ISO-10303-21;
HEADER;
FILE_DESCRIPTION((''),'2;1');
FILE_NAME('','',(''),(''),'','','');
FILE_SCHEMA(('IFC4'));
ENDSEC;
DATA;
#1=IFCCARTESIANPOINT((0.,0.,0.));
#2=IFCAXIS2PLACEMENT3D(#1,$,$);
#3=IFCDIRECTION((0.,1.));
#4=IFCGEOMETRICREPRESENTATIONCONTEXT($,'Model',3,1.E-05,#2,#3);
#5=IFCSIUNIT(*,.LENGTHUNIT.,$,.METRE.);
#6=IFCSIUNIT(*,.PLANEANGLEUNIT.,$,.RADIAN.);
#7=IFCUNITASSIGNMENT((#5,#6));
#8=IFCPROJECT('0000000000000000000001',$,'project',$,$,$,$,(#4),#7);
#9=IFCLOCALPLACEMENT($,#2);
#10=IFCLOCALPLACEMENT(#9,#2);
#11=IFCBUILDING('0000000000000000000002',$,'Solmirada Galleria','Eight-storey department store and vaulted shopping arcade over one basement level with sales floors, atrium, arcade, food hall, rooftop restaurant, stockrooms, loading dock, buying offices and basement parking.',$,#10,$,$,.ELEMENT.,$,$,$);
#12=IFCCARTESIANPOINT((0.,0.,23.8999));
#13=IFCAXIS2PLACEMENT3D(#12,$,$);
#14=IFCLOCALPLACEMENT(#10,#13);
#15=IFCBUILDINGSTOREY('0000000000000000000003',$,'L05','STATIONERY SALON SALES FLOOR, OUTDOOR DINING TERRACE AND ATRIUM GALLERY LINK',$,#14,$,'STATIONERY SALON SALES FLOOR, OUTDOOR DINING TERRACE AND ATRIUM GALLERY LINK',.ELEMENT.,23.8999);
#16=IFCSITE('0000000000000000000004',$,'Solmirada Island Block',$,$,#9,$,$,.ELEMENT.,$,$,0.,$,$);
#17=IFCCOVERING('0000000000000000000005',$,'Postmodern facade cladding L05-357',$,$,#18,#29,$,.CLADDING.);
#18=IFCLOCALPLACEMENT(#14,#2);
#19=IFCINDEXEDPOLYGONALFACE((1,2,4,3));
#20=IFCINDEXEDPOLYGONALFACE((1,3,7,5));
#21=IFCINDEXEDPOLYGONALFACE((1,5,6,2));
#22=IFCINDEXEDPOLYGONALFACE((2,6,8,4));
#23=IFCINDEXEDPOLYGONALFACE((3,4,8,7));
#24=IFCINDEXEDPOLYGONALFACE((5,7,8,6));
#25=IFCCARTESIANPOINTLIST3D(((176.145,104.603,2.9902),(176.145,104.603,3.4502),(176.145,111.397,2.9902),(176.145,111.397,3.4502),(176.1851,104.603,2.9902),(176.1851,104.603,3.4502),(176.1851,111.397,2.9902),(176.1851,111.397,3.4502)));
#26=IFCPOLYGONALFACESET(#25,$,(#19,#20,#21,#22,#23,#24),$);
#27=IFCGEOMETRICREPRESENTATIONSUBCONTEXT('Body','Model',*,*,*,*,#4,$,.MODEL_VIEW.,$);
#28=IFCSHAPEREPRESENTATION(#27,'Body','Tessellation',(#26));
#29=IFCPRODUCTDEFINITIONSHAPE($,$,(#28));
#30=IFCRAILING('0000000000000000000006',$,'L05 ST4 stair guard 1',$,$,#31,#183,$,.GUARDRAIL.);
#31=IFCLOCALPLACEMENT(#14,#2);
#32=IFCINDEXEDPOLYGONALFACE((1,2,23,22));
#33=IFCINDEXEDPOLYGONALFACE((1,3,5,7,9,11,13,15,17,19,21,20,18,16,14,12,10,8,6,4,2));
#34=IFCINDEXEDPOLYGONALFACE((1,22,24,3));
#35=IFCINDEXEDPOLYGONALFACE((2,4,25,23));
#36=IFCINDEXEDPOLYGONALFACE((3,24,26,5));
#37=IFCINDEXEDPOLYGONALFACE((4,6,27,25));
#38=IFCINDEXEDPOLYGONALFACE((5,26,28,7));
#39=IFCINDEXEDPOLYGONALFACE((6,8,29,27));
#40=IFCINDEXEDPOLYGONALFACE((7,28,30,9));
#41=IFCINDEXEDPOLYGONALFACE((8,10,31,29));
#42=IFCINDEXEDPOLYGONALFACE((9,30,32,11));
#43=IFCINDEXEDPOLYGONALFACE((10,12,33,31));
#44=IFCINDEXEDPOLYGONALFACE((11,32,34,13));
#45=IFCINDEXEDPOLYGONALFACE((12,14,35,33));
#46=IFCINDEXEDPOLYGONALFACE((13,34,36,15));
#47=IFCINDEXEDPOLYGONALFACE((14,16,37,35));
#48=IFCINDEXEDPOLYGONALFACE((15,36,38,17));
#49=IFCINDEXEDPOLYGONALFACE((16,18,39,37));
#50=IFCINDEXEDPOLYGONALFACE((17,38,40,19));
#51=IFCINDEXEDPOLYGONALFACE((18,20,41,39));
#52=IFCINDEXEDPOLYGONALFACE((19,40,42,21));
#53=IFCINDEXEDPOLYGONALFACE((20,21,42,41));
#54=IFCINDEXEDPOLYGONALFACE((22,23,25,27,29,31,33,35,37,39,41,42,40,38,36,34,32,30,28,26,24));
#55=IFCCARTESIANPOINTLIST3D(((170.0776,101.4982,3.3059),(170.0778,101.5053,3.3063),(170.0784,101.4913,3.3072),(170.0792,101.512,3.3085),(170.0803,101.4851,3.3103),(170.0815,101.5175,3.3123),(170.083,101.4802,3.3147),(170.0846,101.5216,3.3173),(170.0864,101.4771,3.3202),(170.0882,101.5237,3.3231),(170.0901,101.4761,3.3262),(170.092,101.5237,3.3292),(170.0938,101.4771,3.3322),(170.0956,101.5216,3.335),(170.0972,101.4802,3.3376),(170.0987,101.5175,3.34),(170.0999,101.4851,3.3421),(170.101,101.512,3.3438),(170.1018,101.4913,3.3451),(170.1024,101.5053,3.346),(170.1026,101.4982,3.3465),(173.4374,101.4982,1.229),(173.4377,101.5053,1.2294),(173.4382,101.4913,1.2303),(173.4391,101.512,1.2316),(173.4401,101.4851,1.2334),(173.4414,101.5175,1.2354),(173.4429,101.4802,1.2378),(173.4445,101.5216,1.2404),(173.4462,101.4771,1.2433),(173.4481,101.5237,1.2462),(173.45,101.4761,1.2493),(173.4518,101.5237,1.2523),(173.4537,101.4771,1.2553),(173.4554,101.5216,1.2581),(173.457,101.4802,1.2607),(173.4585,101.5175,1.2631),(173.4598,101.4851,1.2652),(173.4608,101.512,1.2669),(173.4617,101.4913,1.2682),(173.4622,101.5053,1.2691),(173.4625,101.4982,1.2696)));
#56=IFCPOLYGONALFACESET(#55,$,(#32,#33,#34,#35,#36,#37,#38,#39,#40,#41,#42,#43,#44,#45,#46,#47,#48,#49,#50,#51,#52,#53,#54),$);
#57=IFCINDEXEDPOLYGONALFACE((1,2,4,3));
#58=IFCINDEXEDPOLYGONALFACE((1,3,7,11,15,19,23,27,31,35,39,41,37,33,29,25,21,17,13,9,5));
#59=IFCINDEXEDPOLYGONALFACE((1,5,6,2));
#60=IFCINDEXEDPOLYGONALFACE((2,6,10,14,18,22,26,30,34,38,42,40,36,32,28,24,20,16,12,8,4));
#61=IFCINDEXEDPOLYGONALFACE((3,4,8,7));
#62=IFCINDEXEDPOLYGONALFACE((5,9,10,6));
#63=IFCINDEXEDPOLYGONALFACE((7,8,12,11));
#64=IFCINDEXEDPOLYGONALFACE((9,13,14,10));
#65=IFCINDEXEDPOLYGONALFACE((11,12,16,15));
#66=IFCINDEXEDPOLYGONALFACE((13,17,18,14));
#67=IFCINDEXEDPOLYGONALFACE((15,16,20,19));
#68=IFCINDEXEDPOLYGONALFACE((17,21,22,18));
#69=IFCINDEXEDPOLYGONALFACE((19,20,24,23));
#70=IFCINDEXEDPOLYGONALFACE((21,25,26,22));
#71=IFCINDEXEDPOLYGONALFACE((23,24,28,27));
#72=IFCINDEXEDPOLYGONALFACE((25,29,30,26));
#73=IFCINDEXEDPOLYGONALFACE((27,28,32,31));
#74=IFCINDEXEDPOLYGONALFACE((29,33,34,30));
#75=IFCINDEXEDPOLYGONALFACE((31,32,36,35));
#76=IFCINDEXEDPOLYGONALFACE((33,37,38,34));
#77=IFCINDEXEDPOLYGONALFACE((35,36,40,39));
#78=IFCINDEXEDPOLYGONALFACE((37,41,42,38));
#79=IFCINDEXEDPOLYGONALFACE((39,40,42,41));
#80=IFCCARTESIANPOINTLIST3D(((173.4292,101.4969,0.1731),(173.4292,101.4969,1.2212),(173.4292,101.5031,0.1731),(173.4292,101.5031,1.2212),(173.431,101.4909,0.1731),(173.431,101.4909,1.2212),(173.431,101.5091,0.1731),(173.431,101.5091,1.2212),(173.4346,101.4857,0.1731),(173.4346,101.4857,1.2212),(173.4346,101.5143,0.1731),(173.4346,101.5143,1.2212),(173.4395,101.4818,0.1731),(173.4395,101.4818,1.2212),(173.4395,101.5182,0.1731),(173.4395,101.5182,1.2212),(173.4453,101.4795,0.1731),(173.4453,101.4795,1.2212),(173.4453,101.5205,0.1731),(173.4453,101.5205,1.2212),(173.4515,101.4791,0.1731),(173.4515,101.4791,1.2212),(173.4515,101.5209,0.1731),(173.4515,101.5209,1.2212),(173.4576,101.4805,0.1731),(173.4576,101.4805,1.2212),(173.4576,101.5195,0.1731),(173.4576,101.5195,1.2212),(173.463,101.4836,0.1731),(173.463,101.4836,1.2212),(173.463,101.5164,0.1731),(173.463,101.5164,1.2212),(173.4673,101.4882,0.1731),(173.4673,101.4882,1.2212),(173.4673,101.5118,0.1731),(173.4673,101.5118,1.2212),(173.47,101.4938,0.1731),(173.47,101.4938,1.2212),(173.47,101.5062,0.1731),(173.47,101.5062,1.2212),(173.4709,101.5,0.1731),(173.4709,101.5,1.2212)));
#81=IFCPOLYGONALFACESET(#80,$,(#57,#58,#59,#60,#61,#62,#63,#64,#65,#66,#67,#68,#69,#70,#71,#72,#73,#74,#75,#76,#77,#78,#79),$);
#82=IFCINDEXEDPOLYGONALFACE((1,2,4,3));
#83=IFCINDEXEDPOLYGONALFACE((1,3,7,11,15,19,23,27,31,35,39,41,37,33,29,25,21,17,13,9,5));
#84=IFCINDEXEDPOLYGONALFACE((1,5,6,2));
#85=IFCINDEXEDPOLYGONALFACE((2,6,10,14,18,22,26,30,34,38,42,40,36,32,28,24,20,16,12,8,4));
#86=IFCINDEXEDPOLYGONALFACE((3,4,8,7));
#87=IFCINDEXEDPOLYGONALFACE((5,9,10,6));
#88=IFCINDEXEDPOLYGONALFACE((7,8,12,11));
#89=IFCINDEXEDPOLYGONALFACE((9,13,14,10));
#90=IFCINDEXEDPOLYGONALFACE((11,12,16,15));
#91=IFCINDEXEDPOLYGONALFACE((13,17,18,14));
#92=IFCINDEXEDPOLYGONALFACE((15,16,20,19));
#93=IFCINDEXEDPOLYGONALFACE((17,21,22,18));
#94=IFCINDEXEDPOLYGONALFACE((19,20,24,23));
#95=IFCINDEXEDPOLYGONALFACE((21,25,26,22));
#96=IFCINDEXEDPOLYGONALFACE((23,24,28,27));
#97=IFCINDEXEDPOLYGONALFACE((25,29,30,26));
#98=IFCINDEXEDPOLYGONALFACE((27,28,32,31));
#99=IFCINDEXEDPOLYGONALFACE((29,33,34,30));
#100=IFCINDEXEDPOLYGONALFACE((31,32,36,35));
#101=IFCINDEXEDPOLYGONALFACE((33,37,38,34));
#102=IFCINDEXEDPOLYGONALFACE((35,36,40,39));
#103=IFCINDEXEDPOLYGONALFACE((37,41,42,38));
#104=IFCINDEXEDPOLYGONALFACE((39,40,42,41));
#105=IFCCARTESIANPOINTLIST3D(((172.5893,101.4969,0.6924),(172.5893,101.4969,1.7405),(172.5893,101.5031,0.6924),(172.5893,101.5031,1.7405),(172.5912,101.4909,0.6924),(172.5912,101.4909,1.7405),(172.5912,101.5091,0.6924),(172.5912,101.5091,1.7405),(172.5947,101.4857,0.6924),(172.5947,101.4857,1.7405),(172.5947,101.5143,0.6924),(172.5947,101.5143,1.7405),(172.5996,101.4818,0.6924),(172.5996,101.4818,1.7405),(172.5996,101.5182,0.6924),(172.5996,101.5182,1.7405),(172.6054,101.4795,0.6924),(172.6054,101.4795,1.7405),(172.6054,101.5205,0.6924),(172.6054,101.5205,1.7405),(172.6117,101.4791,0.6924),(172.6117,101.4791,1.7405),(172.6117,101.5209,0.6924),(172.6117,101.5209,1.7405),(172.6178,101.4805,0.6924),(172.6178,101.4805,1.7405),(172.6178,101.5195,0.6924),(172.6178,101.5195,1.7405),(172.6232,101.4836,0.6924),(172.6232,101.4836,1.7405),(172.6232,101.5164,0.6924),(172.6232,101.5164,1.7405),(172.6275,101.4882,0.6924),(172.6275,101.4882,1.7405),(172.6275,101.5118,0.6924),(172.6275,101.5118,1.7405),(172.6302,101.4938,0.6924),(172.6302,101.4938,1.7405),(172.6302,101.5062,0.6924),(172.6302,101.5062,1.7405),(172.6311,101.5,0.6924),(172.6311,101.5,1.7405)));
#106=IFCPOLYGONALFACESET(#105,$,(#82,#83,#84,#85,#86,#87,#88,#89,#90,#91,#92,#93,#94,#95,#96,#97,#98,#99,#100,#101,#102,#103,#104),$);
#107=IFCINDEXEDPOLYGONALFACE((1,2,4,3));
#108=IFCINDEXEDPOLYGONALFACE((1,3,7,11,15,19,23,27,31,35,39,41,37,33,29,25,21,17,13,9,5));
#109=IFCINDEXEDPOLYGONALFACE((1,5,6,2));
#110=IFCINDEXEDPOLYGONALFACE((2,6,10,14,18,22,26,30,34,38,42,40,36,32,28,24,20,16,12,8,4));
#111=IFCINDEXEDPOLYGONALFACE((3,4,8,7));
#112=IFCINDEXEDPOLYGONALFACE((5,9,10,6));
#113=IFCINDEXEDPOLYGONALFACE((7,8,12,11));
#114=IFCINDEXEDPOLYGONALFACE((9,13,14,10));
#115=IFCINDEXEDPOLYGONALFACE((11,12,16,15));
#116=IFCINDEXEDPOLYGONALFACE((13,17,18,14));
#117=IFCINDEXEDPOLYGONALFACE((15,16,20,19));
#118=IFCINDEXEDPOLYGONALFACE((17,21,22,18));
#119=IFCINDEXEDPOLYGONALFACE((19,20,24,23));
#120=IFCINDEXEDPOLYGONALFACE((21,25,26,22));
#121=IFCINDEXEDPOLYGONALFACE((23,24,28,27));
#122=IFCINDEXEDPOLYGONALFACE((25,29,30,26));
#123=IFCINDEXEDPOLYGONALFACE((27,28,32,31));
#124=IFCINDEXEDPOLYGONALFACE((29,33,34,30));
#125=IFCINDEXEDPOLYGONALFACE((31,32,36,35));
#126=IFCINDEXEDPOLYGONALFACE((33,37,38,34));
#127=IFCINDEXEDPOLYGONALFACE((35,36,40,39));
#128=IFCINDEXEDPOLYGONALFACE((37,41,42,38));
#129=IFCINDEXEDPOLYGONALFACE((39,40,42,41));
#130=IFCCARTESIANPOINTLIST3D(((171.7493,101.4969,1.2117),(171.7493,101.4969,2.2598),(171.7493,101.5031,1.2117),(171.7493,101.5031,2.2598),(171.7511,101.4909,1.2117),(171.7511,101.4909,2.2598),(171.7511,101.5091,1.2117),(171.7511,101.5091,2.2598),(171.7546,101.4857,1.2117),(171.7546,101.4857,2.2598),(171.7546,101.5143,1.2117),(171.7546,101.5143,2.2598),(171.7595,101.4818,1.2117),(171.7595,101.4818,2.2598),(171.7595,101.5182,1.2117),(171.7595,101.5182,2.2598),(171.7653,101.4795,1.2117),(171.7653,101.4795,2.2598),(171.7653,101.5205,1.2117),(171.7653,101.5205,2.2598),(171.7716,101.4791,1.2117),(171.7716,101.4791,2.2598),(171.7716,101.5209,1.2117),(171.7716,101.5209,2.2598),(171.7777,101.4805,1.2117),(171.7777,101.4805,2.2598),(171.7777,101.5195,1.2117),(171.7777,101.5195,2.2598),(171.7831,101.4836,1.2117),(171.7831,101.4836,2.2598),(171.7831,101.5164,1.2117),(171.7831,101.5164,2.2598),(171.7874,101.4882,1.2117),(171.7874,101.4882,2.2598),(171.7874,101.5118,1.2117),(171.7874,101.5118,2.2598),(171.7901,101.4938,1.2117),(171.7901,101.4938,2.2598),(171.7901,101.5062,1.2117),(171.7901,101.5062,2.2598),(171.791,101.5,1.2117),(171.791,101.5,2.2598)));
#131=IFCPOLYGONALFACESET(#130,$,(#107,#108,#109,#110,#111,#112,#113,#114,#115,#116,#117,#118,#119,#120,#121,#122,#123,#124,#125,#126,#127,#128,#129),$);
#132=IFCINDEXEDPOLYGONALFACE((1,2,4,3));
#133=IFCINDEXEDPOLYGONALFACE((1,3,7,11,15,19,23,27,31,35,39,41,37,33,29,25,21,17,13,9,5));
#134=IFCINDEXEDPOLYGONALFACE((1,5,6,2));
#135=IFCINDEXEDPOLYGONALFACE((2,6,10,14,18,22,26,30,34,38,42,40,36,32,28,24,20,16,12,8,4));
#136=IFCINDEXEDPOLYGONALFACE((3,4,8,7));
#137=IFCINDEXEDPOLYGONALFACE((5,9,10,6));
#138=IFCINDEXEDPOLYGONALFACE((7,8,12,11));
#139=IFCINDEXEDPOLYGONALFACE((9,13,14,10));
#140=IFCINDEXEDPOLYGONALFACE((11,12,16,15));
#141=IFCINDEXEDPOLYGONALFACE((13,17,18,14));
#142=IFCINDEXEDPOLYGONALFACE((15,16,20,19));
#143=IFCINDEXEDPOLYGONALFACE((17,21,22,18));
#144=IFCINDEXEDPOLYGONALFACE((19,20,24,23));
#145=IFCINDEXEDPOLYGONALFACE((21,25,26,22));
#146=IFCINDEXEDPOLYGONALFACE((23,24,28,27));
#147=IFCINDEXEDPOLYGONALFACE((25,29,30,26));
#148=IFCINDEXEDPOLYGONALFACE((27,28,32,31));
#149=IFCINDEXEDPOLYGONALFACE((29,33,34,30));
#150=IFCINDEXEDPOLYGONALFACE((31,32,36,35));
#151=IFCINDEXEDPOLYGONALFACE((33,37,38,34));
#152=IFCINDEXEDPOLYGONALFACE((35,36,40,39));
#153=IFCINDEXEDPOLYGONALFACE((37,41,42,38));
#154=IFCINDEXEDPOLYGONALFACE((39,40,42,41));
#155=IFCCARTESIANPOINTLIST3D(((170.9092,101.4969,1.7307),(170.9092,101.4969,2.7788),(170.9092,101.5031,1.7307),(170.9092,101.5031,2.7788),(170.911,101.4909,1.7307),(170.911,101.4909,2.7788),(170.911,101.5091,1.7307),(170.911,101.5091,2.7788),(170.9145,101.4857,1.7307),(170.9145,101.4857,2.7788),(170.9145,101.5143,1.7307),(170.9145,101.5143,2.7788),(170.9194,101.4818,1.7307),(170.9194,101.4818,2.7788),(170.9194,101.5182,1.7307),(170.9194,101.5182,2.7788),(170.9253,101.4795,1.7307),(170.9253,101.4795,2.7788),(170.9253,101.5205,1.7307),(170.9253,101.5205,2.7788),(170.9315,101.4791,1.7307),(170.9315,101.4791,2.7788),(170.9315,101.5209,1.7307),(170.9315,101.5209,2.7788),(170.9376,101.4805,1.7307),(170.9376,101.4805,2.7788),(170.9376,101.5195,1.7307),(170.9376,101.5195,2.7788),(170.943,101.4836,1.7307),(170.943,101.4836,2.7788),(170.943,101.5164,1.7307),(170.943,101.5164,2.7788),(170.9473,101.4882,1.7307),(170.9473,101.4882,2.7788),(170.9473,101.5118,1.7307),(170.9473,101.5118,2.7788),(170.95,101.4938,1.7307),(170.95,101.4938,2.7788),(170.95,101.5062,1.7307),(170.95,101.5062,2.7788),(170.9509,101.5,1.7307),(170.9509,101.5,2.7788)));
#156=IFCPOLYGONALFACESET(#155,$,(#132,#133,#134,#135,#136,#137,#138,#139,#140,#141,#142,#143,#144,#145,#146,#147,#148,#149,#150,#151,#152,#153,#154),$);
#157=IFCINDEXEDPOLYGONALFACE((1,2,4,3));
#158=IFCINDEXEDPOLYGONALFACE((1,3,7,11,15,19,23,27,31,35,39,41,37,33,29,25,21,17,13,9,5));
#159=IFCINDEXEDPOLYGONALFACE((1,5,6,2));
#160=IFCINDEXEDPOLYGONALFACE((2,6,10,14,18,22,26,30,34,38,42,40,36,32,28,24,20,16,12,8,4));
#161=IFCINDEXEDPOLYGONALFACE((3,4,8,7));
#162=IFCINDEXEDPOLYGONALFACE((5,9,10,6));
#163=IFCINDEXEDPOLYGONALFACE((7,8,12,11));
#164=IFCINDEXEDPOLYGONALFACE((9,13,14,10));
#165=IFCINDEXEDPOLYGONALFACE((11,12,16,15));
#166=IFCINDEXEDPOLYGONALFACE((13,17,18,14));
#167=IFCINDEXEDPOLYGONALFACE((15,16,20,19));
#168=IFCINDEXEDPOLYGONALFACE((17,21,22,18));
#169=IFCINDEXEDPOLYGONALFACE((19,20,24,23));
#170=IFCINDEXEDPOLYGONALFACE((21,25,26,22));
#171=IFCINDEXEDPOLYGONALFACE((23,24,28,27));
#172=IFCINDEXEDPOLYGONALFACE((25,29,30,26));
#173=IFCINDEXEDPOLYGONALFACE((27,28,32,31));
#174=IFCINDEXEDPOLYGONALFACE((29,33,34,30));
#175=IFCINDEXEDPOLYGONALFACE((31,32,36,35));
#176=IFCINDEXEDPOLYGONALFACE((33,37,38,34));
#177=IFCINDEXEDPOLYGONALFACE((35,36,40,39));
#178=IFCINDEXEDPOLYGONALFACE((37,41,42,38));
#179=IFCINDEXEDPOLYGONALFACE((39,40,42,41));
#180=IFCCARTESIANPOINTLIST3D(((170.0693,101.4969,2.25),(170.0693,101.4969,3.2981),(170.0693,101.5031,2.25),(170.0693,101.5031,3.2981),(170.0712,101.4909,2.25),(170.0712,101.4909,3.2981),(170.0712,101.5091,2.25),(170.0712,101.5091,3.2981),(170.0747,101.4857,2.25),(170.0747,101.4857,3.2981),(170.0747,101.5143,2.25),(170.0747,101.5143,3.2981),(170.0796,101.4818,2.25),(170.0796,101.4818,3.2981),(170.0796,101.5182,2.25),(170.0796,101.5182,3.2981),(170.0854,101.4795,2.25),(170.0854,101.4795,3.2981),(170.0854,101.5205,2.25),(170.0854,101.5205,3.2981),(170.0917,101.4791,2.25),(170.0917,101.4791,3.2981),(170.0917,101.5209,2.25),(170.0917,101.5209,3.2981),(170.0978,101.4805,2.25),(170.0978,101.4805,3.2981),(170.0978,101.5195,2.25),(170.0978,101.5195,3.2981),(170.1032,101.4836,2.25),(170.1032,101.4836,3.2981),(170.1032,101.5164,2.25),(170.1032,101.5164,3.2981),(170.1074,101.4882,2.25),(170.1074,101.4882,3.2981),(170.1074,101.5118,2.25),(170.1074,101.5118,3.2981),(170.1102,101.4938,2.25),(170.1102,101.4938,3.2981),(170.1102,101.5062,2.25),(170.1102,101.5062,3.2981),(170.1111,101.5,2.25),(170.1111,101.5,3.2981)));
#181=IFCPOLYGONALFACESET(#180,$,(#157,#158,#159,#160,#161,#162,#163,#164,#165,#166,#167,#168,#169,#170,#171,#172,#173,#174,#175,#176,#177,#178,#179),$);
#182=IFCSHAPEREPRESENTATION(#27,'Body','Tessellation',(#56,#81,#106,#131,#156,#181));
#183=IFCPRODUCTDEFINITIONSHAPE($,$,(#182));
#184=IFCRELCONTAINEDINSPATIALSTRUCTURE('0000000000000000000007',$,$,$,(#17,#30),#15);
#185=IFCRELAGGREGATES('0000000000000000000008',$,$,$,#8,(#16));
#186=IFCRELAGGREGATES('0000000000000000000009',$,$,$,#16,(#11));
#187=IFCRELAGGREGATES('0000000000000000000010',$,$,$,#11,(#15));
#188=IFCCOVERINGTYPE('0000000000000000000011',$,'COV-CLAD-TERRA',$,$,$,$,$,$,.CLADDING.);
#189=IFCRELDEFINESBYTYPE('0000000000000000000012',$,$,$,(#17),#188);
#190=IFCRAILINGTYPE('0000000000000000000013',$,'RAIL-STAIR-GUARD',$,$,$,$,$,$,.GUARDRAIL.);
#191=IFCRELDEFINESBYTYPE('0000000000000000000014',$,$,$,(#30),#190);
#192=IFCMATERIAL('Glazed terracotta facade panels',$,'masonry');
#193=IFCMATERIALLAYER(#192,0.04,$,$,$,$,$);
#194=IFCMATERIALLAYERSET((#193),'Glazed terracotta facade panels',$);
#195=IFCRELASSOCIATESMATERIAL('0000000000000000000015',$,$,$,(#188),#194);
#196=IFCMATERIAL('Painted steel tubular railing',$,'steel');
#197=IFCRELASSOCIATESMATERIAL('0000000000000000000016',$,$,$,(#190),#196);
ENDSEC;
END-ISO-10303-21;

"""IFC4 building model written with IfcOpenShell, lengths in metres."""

from ifc_helpers import new_model, si_unit, direction, frame, origin, origin_2d, place, context, subcontext, project, spatial, rectangle, circle, extrude, material, layer, layer_set, type_object, element, save


model = new_model("IFC4")

# Units and contexts
model_context = context("Model", 3, precision=1e-05, world=origin(), true_north=direction((0.0, 1.0)))
body_context = subcontext(model_context, "Body", "Model", "MODEL_VIEW")
ifc_project = project(units=[si_unit("LENGTHUNIT", "METRE"), si_unit("PLANEANGLEUNIT", "RADIAN")], contexts=[model_context])

# Site, building, storey
site_placement = place(None, origin())
site = spatial("IfcSite", under=ifc_project, at=site_placement, Name="Solmirada Island Block", CompositionType="ELEMENT", RefElevation=0.0)
building_placement = place(site_placement, origin())
building = spatial("IfcBuilding", under=site, at=building_placement, Name="Solmirada Galleria", Description="Eight-storey department store and vaulted shopping arcade over one basement level with sales floors, atrium, arcade, food hall, rooftop restaurant, stockrooms, loading dock, buying offices and basement parking.", CompositionType="ELEMENT")
storey_placement = place(building_placement, frame((0.0, 0.0, 23.8999)))
storey = spatial("IfcBuildingStorey", under=building, at=storey_placement, Name="L05", Description="STATIONERY SALON SALES FLOOR, OUTDOOR DINING TERRACE AND ATRIUM GALLERY LINK", LongName="STATIONERY SALON SALES FLOOR, OUTDOOR DINING TERRACE AND ATRIUM GALLERY LINK", CompositionType="ELEMENT", Elevation=23.8999)

# Covering
ifc_material_1 = material(Name="Glazed terracotta facade panels", Category="masonry")
ifc_layer_1 = layer(ifc_material_1, 0.04)
ifc_layer_set_1 = layer_set([ifc_layer_1], Name="Glazed terracotta facade panels")
covering_type_1 = type_object("IfcCoveringType", Name="COV-CLAD-TERRA", PredefinedType="CLADDING", material=ifc_layer_set_1)
for number, where, z_axis, x_axis, name in (
    (1, (176.165, 108.0, 2.9902), (0.0, 0.0, 1.0), (0.0, -1.0, 0.0), "Postmodern facade cladding L05-357"),
):
    element("IfcCovering", number, at=place(storey_placement, frame(where, z_axis=z_axis, x_axis=x_axis)), inside=storey, type_object=covering_type_1, Name=name, PredefinedType="CLADDING", context=body_context, shape_type="SweptSolid", body=[
        extrude(rectangle(XDim=6.7939, YDim=0.04, at=origin_2d()), origin(), (0.0, 0.0, 1.0), 0.46),
    ])

# Railing
ifc_material_2 = material(Name="Painted steel tubular railing", Category="steel")
railing_type_1 = type_object("IfcRailingType", Name="RAIL-STAIR-GUARD", PredefinedType="GUARDRAIL", material=ifc_material_2)
railing_1_placement = place(storey_placement, frame((173.45, 101.5, 0.1731)))
element("IfcRailing", 2, at=railing_1_placement, inside=storey, type_object=railing_type_1, Name="L05 ST4 stair guard 1", PredefinedType="GUARDRAIL", context=body_context, shape_type="SweptSolid", body=[
    extrude(circle(Radius=0.0239, at=origin_2d()), frame((0.0, 0.0, 1.0762), z_axis=(-0.850606, 0.0, 0.525803), x_axis=(0.0, -1.0, 0.0)), (0.0, 0.0, 1.0), 3.95),
    extrude(circle(Radius=0.021, at=origin_2d()), origin(), (0.0, 0.0, 1.0), 1.0481),
    extrude(circle(Radius=0.021, at=origin_2d()), frame((-0.8398, 0.0, 0.5193)), (0.0, 0.0, 1.0), 1.0481),
    extrude(circle(Radius=0.021, at=origin_2d()), frame((-1.6799, 0.0, 1.0386)), (0.0, 0.0, 1.0), 1.0481),
    extrude(circle(Radius=0.021, at=origin_2d()), frame((-2.52, 0.0, 1.5576)), (0.0, 0.0, 1.0), 1.0481),
    extrude(circle(Radius=0.021, at=origin_2d()), frame((-3.3599, 0.0, 2.0769)), (0.0, 0.0, 1.0), 1.0481),
])

save(model, "model.ifc")
